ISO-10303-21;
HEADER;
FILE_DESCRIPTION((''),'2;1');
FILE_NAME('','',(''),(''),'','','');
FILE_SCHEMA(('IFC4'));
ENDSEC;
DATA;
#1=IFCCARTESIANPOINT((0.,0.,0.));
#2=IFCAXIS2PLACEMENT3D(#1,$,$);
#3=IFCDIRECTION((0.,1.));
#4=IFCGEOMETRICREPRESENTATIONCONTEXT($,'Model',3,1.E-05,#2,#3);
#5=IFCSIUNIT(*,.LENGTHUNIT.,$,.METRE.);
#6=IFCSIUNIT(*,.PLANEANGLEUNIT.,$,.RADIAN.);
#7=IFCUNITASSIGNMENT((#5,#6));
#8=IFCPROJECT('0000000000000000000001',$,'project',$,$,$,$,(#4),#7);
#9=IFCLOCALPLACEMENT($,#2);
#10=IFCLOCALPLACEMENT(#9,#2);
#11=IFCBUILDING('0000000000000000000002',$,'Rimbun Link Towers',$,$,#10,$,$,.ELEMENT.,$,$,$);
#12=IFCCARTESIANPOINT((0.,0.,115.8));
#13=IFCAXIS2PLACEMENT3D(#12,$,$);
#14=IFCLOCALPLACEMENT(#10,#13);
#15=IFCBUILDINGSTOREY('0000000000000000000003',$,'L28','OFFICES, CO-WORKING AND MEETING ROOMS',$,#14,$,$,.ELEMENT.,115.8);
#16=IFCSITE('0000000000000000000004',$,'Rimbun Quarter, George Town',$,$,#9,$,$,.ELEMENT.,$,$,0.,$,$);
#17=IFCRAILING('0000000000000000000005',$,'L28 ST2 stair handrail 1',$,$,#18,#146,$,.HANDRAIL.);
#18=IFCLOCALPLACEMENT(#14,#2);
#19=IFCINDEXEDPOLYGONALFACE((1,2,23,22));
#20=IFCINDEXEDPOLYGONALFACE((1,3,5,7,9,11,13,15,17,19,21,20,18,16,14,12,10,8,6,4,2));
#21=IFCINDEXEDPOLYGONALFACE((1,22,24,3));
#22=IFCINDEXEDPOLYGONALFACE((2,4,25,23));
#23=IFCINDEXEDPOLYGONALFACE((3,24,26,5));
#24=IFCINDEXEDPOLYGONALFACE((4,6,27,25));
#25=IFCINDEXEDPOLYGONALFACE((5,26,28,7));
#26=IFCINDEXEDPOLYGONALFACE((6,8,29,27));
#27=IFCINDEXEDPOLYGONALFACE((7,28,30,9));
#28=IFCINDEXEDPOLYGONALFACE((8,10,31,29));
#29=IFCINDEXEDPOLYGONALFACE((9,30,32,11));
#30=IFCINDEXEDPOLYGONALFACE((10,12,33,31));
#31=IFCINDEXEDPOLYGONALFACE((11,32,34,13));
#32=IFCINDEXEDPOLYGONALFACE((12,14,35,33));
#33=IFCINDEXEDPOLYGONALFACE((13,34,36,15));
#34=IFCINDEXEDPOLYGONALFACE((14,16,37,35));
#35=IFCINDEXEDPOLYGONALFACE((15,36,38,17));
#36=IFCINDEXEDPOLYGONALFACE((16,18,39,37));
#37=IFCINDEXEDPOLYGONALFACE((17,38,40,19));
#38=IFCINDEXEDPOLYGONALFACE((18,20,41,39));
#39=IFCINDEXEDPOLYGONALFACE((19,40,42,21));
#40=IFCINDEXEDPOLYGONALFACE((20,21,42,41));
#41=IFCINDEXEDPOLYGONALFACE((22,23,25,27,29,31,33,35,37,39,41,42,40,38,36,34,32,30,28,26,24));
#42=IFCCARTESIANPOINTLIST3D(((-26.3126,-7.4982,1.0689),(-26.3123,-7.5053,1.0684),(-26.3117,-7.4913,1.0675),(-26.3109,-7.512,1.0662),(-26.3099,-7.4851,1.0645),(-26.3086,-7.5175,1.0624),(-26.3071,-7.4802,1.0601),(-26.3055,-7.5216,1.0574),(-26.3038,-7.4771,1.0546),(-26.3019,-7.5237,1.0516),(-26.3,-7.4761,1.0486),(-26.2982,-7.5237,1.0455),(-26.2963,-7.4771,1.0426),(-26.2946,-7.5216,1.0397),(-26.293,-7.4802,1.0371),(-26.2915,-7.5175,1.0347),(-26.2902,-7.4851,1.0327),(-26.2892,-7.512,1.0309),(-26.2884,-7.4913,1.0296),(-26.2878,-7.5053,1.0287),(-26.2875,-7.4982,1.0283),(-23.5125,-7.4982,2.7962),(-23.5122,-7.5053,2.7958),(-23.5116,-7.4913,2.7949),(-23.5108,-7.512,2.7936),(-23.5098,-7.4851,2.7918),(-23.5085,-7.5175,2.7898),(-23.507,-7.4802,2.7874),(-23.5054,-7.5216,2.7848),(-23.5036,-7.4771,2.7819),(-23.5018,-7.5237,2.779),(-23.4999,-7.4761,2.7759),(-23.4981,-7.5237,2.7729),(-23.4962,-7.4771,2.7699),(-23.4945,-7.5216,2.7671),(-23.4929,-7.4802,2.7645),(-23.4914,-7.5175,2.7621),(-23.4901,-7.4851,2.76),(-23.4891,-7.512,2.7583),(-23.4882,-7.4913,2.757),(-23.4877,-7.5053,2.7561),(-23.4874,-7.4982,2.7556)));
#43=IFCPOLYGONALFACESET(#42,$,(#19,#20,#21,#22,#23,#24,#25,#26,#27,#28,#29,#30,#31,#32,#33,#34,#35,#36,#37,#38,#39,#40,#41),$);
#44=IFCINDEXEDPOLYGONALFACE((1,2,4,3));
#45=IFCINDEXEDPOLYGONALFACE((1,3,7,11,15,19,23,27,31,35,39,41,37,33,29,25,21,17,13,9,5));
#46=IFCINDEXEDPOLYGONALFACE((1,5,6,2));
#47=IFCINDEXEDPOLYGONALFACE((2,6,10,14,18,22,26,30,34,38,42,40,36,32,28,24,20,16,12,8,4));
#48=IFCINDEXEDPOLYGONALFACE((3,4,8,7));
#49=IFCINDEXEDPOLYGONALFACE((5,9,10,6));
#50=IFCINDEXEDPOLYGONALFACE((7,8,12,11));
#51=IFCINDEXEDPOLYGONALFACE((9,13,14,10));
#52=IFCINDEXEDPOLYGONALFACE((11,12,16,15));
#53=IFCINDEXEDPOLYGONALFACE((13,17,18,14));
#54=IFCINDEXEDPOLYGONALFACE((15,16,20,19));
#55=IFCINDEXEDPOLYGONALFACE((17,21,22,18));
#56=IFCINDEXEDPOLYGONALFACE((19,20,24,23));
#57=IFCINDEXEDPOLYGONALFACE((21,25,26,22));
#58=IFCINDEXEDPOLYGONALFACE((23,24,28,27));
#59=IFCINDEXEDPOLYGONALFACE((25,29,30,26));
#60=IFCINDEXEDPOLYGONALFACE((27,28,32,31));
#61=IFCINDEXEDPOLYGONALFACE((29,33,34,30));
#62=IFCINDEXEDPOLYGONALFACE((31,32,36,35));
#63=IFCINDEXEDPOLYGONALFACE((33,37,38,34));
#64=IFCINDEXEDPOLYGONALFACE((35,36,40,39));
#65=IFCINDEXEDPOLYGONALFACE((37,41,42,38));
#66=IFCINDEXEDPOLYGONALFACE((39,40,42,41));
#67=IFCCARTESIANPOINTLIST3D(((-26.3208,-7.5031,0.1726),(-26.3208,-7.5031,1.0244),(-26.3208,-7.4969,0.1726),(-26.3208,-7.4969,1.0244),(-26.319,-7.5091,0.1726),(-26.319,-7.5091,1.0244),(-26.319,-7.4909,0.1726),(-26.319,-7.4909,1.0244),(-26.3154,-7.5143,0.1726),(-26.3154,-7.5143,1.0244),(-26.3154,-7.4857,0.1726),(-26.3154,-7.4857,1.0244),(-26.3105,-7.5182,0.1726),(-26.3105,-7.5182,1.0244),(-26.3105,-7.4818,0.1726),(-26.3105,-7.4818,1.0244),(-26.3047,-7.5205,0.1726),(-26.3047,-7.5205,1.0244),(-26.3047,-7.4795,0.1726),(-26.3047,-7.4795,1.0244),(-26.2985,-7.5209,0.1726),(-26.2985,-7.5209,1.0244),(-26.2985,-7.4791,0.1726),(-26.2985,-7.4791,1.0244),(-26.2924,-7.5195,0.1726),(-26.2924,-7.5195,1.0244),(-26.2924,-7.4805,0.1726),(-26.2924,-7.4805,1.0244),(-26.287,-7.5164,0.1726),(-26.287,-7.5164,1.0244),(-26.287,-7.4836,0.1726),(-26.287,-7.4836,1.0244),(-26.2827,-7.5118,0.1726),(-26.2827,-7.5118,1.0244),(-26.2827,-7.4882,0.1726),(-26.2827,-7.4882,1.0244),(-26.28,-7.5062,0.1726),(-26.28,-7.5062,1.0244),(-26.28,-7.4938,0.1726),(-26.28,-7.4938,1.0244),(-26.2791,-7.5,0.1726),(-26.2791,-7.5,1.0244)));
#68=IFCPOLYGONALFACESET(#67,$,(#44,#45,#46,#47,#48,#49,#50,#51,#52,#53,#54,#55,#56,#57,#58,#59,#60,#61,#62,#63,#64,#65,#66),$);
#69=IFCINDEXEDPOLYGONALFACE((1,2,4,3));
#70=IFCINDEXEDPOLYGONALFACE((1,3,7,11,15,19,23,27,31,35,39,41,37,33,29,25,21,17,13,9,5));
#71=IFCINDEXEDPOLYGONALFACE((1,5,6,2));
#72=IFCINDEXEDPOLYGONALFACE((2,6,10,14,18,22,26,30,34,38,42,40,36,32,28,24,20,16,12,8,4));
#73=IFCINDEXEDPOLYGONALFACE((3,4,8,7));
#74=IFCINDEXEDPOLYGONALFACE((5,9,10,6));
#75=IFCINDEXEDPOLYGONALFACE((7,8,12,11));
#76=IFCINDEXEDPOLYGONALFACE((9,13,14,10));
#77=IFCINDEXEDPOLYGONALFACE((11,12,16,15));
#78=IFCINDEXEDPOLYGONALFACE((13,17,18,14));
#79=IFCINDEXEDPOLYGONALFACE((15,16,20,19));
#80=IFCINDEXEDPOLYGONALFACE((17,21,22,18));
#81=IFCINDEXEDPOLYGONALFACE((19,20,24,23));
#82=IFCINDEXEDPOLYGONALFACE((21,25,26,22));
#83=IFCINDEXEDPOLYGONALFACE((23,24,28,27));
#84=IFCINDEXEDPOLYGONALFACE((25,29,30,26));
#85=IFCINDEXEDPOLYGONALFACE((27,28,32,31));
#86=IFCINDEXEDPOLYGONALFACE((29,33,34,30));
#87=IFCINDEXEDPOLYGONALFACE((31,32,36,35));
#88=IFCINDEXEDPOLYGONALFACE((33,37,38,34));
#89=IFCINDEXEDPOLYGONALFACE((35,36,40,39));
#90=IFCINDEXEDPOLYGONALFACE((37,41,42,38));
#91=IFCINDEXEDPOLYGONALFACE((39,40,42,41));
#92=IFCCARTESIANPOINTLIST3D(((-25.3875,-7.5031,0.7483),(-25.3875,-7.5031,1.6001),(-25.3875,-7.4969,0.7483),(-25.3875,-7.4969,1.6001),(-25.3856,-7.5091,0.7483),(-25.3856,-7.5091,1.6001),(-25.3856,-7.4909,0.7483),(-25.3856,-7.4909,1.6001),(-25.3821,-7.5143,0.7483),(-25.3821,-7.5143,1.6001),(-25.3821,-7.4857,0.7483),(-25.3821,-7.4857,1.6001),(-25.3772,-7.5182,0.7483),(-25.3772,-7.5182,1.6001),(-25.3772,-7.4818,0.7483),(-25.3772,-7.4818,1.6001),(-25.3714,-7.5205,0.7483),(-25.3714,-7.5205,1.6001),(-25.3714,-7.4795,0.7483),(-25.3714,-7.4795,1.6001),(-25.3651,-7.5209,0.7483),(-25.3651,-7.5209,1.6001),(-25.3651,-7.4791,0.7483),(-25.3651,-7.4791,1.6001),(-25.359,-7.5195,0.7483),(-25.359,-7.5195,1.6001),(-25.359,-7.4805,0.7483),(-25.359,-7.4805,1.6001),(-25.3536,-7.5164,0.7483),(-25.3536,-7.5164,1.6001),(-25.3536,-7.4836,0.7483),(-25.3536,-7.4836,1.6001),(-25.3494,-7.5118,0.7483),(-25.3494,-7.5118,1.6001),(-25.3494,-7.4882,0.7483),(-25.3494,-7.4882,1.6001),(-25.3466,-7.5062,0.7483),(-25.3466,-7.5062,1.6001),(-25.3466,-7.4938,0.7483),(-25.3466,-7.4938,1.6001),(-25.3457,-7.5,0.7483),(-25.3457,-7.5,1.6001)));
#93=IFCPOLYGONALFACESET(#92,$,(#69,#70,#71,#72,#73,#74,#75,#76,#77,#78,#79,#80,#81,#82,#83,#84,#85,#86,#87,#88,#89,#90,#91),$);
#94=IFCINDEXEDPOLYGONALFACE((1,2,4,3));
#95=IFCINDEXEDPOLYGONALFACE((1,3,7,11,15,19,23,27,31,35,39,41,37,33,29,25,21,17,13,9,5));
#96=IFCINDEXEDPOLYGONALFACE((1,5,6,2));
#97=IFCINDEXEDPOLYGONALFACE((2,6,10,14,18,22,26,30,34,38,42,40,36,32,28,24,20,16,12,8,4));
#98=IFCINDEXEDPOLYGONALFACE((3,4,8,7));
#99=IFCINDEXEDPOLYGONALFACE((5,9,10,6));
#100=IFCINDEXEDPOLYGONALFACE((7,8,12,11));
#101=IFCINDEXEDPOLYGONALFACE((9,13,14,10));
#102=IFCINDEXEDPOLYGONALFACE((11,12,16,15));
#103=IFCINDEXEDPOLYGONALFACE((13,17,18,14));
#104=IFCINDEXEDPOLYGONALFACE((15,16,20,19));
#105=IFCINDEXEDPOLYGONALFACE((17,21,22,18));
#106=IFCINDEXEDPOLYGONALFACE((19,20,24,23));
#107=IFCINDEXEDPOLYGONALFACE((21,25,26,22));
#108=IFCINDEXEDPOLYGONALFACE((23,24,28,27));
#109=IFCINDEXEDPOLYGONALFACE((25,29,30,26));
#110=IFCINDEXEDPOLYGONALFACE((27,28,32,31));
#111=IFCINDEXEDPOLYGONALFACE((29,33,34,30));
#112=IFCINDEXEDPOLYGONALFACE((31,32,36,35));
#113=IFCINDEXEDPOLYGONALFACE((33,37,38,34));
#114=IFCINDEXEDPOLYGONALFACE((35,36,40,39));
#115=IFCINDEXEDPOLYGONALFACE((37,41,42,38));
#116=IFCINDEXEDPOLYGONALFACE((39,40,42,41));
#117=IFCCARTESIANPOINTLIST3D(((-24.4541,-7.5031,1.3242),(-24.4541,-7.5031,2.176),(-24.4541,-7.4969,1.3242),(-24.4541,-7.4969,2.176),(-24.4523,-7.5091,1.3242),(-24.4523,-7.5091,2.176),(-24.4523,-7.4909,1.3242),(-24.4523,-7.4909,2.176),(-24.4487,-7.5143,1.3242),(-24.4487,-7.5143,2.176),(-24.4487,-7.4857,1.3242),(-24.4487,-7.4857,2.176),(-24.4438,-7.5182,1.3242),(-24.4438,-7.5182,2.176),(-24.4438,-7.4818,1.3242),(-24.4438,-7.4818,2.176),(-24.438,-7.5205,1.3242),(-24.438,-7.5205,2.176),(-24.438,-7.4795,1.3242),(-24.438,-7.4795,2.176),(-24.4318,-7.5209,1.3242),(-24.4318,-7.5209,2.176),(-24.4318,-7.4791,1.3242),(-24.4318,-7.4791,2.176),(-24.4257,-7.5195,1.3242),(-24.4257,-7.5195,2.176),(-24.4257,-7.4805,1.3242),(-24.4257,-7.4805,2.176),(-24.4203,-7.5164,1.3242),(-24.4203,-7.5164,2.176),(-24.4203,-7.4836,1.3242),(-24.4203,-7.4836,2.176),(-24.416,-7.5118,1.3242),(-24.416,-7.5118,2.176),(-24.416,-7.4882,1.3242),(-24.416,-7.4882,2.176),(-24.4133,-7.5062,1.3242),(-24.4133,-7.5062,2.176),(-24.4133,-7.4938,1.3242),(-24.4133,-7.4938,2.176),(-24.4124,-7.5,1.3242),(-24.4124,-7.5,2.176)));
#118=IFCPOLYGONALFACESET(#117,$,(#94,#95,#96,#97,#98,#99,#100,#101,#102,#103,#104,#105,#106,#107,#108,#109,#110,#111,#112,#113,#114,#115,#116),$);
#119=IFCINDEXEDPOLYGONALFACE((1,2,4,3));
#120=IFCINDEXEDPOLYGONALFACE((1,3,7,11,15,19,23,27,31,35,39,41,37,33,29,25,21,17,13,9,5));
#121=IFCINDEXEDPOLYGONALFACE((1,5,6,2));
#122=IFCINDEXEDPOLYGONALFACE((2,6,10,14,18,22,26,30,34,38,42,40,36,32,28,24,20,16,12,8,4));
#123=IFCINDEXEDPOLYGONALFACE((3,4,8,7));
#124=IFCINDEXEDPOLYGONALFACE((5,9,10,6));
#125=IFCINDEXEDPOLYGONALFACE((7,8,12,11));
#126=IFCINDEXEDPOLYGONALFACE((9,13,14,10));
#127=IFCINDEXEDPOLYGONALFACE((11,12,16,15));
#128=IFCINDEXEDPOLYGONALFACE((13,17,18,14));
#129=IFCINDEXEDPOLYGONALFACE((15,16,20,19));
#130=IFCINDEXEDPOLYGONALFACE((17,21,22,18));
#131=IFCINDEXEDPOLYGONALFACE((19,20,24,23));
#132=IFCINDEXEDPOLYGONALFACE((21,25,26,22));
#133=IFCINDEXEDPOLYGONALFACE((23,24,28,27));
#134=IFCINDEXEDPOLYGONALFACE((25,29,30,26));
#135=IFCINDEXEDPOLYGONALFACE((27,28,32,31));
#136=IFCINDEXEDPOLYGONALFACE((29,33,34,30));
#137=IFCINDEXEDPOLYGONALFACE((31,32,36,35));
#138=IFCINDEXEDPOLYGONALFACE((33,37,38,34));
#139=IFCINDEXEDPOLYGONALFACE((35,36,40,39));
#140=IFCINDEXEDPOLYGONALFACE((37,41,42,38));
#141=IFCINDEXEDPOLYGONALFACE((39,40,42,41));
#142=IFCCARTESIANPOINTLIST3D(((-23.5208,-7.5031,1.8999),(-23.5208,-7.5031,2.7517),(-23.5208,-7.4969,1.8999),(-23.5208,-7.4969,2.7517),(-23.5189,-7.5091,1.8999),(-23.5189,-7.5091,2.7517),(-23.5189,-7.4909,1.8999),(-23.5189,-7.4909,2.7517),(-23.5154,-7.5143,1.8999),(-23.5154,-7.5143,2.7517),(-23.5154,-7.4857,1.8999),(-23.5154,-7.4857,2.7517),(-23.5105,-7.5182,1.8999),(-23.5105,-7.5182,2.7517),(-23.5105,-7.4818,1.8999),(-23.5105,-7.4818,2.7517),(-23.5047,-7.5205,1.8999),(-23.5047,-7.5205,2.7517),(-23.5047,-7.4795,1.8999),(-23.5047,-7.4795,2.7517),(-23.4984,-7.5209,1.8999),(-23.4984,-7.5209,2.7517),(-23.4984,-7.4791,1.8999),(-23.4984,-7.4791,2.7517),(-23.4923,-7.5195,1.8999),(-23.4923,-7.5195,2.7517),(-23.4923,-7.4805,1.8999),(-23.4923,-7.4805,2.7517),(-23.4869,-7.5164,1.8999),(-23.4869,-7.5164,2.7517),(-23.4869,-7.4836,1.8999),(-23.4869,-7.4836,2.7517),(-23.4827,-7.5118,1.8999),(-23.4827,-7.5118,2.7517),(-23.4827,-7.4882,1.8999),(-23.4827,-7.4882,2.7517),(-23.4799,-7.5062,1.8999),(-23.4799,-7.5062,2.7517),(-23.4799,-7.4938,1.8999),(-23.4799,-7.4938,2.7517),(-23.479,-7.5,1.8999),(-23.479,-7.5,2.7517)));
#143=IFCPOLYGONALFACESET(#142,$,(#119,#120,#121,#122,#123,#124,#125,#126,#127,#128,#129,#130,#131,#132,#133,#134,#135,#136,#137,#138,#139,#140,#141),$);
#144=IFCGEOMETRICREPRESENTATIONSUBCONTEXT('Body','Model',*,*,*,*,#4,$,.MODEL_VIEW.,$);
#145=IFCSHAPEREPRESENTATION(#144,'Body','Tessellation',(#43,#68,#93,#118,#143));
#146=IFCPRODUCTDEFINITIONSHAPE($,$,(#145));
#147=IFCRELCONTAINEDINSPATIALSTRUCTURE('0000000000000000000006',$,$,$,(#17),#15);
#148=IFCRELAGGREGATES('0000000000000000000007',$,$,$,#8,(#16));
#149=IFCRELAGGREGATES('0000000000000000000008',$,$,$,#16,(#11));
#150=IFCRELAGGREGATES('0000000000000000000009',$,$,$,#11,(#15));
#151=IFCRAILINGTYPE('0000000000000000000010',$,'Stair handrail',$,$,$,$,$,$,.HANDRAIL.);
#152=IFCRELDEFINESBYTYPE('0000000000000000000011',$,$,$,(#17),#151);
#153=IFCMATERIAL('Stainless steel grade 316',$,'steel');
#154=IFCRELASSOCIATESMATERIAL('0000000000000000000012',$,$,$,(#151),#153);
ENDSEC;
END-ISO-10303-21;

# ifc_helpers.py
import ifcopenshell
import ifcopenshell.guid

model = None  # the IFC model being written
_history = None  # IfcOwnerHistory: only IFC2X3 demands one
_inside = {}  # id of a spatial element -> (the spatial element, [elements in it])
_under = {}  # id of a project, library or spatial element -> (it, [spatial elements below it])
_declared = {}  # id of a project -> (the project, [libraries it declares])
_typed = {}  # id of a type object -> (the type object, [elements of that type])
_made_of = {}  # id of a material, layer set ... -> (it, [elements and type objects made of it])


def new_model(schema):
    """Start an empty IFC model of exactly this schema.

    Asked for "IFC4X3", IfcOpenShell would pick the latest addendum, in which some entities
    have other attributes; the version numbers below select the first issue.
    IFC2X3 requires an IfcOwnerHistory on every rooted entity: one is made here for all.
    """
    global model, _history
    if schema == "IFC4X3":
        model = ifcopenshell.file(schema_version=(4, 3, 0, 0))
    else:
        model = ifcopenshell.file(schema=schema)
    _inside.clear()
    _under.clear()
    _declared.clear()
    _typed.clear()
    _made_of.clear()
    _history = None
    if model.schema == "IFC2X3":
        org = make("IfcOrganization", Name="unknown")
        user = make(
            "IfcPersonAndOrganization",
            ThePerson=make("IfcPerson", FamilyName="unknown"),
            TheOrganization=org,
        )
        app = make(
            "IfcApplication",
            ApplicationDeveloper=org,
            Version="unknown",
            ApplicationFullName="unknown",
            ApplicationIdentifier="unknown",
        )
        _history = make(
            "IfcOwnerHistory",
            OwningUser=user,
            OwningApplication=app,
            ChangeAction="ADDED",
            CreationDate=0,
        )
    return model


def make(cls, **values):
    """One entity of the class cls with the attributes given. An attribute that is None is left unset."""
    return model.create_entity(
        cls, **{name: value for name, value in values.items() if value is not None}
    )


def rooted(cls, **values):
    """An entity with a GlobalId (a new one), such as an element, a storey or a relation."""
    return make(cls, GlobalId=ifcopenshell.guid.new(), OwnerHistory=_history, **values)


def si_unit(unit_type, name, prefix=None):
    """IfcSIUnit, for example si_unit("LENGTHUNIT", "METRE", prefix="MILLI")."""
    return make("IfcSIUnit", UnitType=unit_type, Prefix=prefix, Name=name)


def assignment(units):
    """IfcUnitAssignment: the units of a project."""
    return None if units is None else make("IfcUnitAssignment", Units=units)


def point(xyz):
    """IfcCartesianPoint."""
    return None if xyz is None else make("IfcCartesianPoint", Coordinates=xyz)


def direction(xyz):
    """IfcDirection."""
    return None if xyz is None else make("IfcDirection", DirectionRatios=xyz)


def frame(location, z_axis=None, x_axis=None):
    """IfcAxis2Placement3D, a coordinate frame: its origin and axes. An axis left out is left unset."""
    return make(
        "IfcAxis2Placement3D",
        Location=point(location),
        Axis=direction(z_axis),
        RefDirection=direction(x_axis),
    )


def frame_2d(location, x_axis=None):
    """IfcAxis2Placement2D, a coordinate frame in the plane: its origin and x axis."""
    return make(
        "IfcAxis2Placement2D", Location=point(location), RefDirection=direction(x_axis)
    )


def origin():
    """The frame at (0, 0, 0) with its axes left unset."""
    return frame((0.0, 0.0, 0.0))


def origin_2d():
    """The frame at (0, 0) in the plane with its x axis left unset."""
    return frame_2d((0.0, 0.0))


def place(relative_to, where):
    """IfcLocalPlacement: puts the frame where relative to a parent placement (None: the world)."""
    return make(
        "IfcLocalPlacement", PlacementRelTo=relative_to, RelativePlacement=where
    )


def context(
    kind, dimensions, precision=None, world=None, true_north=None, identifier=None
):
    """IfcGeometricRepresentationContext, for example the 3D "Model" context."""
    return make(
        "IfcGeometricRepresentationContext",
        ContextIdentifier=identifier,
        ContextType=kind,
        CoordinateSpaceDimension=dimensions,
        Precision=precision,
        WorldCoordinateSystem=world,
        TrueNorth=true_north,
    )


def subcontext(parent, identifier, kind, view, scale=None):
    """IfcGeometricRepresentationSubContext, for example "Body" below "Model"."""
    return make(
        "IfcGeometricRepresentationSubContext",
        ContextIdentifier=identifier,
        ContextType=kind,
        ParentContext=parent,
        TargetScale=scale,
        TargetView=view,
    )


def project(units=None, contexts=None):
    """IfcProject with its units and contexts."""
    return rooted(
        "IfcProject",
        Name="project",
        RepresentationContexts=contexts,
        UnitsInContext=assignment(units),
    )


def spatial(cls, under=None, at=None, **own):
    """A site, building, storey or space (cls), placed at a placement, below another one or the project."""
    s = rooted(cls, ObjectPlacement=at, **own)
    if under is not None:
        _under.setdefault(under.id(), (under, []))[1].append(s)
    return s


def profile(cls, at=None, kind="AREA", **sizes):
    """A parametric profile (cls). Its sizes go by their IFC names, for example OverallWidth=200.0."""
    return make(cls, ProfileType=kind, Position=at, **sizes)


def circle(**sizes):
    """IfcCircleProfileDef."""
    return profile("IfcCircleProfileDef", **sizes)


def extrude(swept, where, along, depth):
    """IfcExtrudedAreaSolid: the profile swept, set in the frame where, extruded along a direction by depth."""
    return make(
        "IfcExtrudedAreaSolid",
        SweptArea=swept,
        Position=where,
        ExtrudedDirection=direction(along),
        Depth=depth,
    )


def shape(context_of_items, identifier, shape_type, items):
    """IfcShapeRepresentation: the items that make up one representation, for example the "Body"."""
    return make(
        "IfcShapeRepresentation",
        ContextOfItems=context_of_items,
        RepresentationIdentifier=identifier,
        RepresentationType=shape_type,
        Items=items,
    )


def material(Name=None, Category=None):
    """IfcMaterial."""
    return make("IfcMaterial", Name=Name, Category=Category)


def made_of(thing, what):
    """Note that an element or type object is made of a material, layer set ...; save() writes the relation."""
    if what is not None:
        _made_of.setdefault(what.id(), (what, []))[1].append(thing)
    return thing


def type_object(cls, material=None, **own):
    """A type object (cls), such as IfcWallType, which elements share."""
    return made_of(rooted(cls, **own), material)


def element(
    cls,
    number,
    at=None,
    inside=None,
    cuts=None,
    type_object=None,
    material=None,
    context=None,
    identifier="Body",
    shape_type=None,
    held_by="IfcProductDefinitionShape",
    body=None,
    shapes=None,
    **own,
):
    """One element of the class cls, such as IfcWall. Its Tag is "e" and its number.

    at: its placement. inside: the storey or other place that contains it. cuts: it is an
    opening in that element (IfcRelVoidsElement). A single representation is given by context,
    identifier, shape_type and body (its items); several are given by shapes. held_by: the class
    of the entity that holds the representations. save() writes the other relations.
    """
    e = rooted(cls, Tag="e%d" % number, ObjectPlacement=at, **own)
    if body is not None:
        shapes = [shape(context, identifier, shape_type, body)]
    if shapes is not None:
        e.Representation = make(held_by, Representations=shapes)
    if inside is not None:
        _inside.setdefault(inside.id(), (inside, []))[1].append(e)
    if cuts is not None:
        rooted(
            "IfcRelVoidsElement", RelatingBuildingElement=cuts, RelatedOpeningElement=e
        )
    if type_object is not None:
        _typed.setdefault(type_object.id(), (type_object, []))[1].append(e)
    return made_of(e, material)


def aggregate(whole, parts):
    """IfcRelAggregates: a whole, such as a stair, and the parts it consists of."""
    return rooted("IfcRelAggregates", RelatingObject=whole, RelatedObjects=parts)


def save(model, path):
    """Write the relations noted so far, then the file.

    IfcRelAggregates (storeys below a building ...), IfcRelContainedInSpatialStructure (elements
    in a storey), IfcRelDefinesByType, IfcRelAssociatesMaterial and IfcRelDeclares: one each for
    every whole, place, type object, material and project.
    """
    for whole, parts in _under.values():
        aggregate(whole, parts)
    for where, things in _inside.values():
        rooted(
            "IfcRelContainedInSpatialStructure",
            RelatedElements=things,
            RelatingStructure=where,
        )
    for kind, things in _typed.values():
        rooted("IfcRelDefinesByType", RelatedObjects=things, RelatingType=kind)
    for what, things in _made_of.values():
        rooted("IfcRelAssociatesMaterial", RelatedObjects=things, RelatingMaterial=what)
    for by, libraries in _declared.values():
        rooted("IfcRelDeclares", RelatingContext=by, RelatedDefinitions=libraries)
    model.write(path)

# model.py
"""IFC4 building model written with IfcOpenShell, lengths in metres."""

from ifc_helpers import new_model, si_unit, direction, frame, origin, origin_2d, place, context, subcontext, project, spatial, circle, extrude, material, type_object, element, save


model = new_model("IFC4")

# Units and contexts
model_context = context("Model", 3, precision=1e-05, world=origin(), true_north=direction((0.0, 1.0)))
body_context = subcontext(model_context, "Body", "Model", "MODEL_VIEW")
ifc_project = project(units=[si_unit("LENGTHUNIT", "METRE"), si_unit("PLANEANGLEUNIT", "RADIAN")], contexts=[model_context])

# Site, building, storey
site_placement = place(None, origin())
site = spatial("IfcSite", under=ifc_project, at=site_placement, Name="Rimbun Quarter, George Town", CompositionType="ELEMENT", RefElevation=0.0)
building_placement = place(site_placement, origin())
building = spatial("IfcBuilding", under=site, at=building_placement, Name="Rimbun Link Towers", CompositionType="ELEMENT")
storey_placement = place(building_placement, frame((0.0, 0.0, 115.8)))
storey = spatial("IfcBuildingStorey", under=building, at=storey_placement, Name="L28", Description="OFFICES, CO-WORKING AND MEETING ROOMS", CompositionType="ELEMENT", Elevation=115.8)

# Railing
ifc_material_1 = material(Name="Stainless steel grade 316", Category="steel")
railing_type_1 = type_object("IfcRailingType", Name="Stair handrail", PredefinedType="HANDRAIL", material=ifc_material_1)
railing_1_placement = place(storey_placement, frame((-26.3, -7.5, 0.1726)))
element("IfcRailing", 1, at=railing_1_placement, inside=storey, type_object=railing_type_1, Name="L28 ST2 stair handrail 1", PredefinedType="HANDRAIL", context=body_context, shape_type="SweptSolid", body=[
    extrude(circle(Radius=0.0239, at=origin_2d()), frame((0.0, 0.0, 0.876), z_axis=(0.85109, 0.0, 0.52502), x_axis=(0.0, 1.0, 0.0)), (0.0, 0.0, 1.0), 3.29),
    extrude(circle(Radius=0.021, at=origin_2d()), origin(), (0.0, 0.0, 1.0), 0.8518),
    extrude(circle(Radius=0.021, at=origin_2d()), frame((0.9333, 0.0, 0.5757)), (0.0, 0.0, 1.0), 0.8518),
    extrude(circle(Radius=0.021, at=origin_2d()), frame((1.8667, 0.0, 1.1516)), (0.0, 0.0, 1.0), 0.8518),
    extrude(circle(Radius=0.021, at=origin_2d()), frame((2.8, 0.0, 1.7273)), (0.0, 0.0, 1.0), 0.8518),
])

save(model, "model.ifc")
